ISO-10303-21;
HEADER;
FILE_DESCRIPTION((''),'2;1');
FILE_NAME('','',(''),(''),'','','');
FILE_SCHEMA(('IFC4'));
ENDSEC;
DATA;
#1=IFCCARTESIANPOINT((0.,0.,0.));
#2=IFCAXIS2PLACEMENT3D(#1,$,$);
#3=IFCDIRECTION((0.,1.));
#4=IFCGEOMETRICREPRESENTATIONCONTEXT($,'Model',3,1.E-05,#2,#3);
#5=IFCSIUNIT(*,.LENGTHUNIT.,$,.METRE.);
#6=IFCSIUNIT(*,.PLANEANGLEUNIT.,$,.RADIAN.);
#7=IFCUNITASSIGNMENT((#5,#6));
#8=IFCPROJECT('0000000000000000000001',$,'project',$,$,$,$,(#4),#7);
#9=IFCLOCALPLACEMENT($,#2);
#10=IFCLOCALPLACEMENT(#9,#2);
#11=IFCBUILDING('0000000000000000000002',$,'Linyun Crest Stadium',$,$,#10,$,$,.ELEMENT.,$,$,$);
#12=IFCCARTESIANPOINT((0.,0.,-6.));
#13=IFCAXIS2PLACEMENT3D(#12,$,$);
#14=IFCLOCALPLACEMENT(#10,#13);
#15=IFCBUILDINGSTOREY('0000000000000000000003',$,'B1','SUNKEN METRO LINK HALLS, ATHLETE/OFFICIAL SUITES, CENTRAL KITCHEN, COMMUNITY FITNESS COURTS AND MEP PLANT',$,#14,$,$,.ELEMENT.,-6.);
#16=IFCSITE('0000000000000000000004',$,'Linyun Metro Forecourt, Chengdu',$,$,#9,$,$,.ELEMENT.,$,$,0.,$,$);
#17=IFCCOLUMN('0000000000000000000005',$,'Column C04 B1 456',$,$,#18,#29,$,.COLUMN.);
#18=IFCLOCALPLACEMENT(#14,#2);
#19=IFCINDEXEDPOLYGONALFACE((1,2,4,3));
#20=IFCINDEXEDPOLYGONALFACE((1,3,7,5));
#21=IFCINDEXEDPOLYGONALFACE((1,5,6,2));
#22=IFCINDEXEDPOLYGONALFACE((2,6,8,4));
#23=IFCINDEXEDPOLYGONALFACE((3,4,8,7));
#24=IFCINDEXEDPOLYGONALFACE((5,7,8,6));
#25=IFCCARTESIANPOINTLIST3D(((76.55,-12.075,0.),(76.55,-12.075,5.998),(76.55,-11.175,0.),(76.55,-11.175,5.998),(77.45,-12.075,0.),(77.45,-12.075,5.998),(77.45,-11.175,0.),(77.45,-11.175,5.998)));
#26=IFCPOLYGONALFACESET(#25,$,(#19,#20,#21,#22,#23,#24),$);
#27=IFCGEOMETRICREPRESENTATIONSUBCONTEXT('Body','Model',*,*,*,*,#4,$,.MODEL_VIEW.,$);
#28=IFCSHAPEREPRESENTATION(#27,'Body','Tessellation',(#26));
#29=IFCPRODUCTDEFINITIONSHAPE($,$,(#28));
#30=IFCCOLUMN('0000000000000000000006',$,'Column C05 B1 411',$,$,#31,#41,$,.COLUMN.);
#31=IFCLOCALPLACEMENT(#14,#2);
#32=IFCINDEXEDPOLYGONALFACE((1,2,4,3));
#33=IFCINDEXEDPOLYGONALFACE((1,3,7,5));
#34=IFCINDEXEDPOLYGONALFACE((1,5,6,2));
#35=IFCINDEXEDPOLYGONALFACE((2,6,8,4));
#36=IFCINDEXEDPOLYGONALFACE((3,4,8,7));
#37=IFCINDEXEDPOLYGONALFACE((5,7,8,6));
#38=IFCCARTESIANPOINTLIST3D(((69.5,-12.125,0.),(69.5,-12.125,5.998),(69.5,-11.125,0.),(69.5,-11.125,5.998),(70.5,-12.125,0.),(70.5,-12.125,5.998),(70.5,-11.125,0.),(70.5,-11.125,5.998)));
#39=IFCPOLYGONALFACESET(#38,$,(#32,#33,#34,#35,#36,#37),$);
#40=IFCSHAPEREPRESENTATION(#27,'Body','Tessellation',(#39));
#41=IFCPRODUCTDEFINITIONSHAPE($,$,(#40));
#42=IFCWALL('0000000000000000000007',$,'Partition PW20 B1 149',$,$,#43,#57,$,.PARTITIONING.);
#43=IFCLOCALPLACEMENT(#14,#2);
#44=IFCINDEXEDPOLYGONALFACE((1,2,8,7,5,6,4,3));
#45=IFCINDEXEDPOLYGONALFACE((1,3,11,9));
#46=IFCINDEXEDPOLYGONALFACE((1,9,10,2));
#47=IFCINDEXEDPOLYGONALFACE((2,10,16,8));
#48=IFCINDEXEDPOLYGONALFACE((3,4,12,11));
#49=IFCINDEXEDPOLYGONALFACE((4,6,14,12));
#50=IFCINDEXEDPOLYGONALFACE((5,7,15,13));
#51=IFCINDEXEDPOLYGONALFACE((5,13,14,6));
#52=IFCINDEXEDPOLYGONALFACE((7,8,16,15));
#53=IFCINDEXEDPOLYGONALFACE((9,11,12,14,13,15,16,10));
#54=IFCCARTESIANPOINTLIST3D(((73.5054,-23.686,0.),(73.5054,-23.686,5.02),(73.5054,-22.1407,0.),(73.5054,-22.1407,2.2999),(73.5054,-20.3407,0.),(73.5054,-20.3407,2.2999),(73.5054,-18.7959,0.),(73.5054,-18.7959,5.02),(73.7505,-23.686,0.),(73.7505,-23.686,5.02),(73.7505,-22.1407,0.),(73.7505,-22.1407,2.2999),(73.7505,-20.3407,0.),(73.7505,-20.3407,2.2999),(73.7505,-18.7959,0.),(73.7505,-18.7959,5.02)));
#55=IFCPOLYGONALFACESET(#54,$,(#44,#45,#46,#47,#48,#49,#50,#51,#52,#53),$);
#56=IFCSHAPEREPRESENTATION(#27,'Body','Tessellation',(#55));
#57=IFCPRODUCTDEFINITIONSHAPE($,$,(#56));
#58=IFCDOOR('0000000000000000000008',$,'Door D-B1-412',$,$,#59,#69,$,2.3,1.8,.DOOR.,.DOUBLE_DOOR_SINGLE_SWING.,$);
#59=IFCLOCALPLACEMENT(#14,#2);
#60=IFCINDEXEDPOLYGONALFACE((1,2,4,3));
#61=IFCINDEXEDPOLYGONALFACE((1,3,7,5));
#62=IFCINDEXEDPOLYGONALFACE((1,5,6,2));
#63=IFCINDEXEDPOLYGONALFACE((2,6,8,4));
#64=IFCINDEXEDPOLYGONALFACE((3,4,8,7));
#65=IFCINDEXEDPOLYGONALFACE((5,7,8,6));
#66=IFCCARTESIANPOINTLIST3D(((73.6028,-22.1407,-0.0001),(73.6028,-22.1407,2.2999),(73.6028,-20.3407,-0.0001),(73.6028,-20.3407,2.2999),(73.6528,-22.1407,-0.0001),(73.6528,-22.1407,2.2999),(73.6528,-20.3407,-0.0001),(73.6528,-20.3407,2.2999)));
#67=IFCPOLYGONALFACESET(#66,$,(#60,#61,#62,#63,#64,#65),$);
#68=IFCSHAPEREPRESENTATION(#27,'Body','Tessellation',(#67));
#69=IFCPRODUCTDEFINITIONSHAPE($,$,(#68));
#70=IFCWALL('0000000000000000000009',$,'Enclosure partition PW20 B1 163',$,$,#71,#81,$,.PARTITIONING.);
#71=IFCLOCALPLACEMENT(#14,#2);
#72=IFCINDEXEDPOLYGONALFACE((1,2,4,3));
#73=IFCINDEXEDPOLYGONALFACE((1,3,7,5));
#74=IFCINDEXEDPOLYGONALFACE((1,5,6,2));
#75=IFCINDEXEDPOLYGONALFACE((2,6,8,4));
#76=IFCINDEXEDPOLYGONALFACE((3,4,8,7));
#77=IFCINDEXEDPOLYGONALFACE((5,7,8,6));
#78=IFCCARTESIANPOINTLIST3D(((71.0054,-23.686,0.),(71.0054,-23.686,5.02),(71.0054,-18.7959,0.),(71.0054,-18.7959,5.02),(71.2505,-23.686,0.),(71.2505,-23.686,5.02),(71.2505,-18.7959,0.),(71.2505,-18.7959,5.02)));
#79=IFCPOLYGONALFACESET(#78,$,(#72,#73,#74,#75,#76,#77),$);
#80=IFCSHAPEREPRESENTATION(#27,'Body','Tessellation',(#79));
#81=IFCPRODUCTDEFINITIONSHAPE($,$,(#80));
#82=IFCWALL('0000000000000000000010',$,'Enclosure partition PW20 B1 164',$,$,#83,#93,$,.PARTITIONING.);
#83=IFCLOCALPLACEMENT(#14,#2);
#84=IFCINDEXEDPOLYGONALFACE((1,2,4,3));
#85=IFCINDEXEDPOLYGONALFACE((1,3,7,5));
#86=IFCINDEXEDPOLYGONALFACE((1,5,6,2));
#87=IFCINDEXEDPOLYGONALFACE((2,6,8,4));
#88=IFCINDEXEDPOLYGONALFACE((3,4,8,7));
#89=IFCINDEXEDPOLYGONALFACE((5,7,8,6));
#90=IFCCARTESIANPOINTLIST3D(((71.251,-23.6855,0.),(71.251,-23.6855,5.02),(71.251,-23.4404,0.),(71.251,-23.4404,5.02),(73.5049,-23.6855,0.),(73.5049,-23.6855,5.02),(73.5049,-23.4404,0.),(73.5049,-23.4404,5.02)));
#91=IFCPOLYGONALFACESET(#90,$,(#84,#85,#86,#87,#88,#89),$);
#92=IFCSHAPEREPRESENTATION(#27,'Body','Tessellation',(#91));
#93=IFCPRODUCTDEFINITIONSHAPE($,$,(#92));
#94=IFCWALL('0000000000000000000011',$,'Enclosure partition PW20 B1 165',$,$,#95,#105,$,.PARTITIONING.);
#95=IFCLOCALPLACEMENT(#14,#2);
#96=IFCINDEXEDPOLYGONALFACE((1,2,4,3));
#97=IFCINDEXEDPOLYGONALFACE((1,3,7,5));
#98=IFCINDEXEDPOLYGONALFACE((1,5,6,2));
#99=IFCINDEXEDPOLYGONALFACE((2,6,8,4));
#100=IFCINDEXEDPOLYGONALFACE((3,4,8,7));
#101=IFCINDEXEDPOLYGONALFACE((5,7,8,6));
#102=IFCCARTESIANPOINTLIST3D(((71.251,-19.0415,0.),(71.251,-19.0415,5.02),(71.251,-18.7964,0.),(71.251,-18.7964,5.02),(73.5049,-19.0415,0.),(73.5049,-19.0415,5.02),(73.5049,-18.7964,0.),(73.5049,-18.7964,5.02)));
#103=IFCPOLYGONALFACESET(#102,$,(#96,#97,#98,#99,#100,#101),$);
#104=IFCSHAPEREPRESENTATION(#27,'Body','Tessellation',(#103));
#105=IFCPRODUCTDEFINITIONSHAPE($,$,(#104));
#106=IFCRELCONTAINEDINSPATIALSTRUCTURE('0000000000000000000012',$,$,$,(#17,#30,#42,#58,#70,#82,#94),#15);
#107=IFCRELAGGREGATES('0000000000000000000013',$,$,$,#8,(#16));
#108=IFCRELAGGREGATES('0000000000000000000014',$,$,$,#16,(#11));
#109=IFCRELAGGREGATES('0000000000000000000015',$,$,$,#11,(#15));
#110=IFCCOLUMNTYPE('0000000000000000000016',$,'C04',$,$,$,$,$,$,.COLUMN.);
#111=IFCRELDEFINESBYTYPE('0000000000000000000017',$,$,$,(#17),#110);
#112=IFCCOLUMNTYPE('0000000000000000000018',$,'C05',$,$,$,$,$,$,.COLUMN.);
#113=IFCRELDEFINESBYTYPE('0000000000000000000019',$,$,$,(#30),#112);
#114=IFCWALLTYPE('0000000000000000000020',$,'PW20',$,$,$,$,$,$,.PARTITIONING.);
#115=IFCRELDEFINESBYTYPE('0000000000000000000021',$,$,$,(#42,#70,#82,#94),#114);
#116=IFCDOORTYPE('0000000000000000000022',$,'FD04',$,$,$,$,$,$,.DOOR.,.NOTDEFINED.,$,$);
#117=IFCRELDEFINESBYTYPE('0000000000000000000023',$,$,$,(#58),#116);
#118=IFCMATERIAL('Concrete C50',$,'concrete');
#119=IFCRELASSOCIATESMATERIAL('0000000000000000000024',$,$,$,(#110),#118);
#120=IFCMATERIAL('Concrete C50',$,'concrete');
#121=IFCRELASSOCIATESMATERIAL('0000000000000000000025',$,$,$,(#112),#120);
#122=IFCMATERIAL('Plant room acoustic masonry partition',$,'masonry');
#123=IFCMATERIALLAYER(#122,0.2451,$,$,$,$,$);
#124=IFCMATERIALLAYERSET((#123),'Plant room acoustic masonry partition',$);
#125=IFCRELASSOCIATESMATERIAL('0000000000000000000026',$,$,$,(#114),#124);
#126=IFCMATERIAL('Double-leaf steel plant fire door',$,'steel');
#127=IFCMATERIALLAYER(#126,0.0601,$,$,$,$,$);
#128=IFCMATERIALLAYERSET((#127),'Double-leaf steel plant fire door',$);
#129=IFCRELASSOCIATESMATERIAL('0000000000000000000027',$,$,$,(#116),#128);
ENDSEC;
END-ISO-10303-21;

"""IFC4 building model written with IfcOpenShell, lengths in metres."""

from ifc_helpers import new_model, si_unit, direction, frame, frame_2d, origin, origin_2d, place, context, subcontext, project, spatial, rectangle, extrude, material, layer, layer_set, material_profile, profile_set, type_object, element, fill, save


model = new_model("IFC4")

# Units and contexts
model_context = context("Model", 3, precision=1e-05, world=origin(), true_north=direction((0.0, 1.0)))
body_context = subcontext(model_context, "Body", "Model", "MODEL_VIEW")
ifc_project = project(units=[si_unit("LENGTHUNIT", "METRE"), si_unit("PLANEANGLEUNIT", "RADIAN")], contexts=[model_context])

# Site, building, storey
site_placement = place(None, origin())
site = spatial("IfcSite", under=ifc_project, at=site_placement, Name="Linyun Metro Forecourt, Chengdu", CompositionType="ELEMENT", RefElevation=0.0)
building_placement = place(site_placement, origin())
building = spatial("IfcBuilding", under=site, at=building_placement, Name="Linyun Crest Stadium", CompositionType="ELEMENT")
storey_placement = place(building_placement, frame((0.0, 0.0, -6.0)))
storey = spatial("IfcBuildingStorey", under=building, at=storey_placement, Name="B1", Description="SUNKEN METRO LINK HALLS, ATHLETE/OFFICIAL SUITES, CENTRAL KITCHEN, COMMUNITY FITNESS COURTS AND MEP PLANT", CompositionType="ELEMENT", Elevation=-6.0)

# Columns
ifc_material_1 = material(Name="Concrete C50", Category="concrete")
ifc_material_profile_1 = material_profile(ifc_material_1, rectangle(XDim=0.8999, YDim=0.8999, at=origin_2d()), Name="RC 900x900")
ifc_profile_set_1 = profile_set([ifc_material_profile_1], Name="Concrete C50")
column_type_1 = type_object("IfcColumnType", Name="C04", PredefinedType="COLUMN", material=ifc_profile_set_1)
for number, where, z_axis, x_axis, name in (
    (1, (77.0, -11.625, 0.0), (0.0, 0.0, 1.0), (1.0, 0.0, 0.0), "Column C04 B1 456"),
):
    element("IfcColumn", number, at=place(storey_placement, frame(where, z_axis=z_axis, x_axis=x_axis)), inside=storey, type_object=column_type_1, Name=name, PredefinedType="COLUMN", context=body_context, shape_type="SweptSolid", body=[
        extrude(rectangle(XDim=0.8999, YDim=0.8999, at=origin_2d()), origin(), (0.0, 0.0, 1.0), 5.998),
    ])
ifc_material_2 = material(Name="Concrete C50", Category="concrete")
ifc_material_profile_2 = material_profile(ifc_material_2, rectangle(XDim=1.0, YDim=1.0, at=origin_2d()), Name="RC 1000x1000")
ifc_profile_set_2 = profile_set([ifc_material_profile_2], Name="Concrete C50")
column_type_2 = type_object("IfcColumnType", Name="C05", PredefinedType="COLUMN", material=ifc_profile_set_2)
column_placement = place(storey_placement, frame((70.0, -11.625, 0.0), z_axis=(0.0, 0.0, 1.0), x_axis=(1.0, 0.0, 0.0)))
element("IfcColumn", 2, at=column_placement, inside=storey, type_object=column_type_2, Name="Column C05 B1 411", PredefinedType="COLUMN", context=body_context, shape_type="SweptSolid", body=[
    extrude(rectangle(XDim=1.0, YDim=1.0, at=origin_2d()), origin(), (0.0, 0.0, 1.0), 5.998),
])

# Wall, opening, door
ifc_material_3 = material(Name="Plant room acoustic masonry partition", Category="masonry")
ifc_layer_1 = layer(ifc_material_3, 0.2451)
ifc_layer_set_1 = layer_set([ifc_layer_1], Name="Plant room acoustic masonry partition")
wall_type = type_object("IfcWallType", Name="PW20", PredefinedType="PARTITIONING", material=ifc_layer_set_1)
wall_1_placement = place(storey_placement, frame((73.6279, -18.7959, 0.0), z_axis=(0.0, 0.0, 1.0), x_axis=(0.0, -1.0, 0.0)))
wall_1 = element("IfcWall", 3, at=wall_1_placement, inside=storey, type_object=wall_type, Name="Partition PW20 B1 149", PredefinedType="PARTITIONING", context=body_context, shape_type="SweptSolid", body=[
    extrude(rectangle(XDim=4.8901, YDim=0.2451, at=frame_2d((2.4451, 0.0))), origin(), (0.0, 0.0, 1.0), 5.02),
])
opening_placement = place(wall_1_placement, frame((1.5449, 0.0, 0.0)))
opening = element("IfcOpeningElement", 4, at=opening_placement, cuts=wall_1, PredefinedType="OPENING", context=body_context, shape_type="SweptSolid", body=[
    extrude(rectangle(XDim=1.8, YDim=2.3, at=frame_2d((0.8999, 1.1499))), frame((0.0, 0.1326, 0.0), z_axis=(0.0, -1.0, 0.0), x_axis=(1.0, 0.0, 0.0)), (0.0, 0.0, 1.0), 0.2651),
])
ifc_material_4 = material(Name="Double-leaf steel plant fire door", Category="steel")
ifc_layer_2 = layer(ifc_material_4, 0.0601)
ifc_layer_set_2 = layer_set([ifc_layer_2], Name="Double-leaf steel plant fire door")
door_type = type_object("IfcDoorType", Name="FD04", OperationType="NOTDEFINED", PredefinedType="DOOR", material=ifc_layer_set_2)
door_placement = place(opening_placement, origin())
door = element("IfcDoor", 5, at=door_placement, inside=storey, type_object=door_type, Name="Door D-B1-412", OperationType="DOUBLE_DOOR_SINGLE_SWING", OverallHeight=2.3, OverallWidth=1.8, PredefinedType="DOOR", context=body_context, shape_type="SweptSolid", body=[
    extrude(rectangle(XDim=1.8, YDim=2.3, at=frame_2d((0.8999, 1.1499))), frame((0.0, 0.0249, 0.0), z_axis=(0.0, -1.0, 0.0), x_axis=(1.0, 0.0, 0.0)), (0.0, 0.0, 1.0), 0.05),
])
fill(opening, door)

# Walls
wall_2_placement = place(storey_placement, frame((71.1279, -23.686, 0.0), z_axis=(0.0, 0.0, 1.0), x_axis=(0.0, 1.0, 0.0)))
element("IfcWall", 6, at=wall_2_placement, inside=storey, type_object=wall_type, Name="Enclosure partition PW20 B1 163", PredefinedType="PARTITIONING", context=body_context, shape_type="SweptSolid", body=[
    extrude(rectangle(XDim=4.8901, YDim=0.2451, at=frame_2d((2.4451, 0.0))), origin(), (0.0, 0.0, 1.0), 5.02),
])
for number, where, z_axis, x_axis, name in (
    (7, (71.251, -23.563, 0.0), (0.0, 0.0, 1.0), (1.0, 0.0, 0.0), "Enclosure partition PW20 B1 164"),
    (8, (71.251, -18.9189, 0.0), (0.0, 0.0, 1.0), (1.0, 0.0, 0.0), "Enclosure partition PW20 B1 165"),
):
    element("IfcWall", number, at=place(storey_placement, frame(where, z_axis=z_axis, x_axis=x_axis)), inside=storey, type_object=wall_type, Name=name, PredefinedType="PARTITIONING", context=body_context, shape_type="SweptSolid", body=[
        extrude(rectangle(XDim=2.2539, YDim=0.2451, at=frame_2d((1.127, 0.0))), origin(), (0.0, 0.0, 1.0), 5.02),
    ])

save(model, "model.ifc")
